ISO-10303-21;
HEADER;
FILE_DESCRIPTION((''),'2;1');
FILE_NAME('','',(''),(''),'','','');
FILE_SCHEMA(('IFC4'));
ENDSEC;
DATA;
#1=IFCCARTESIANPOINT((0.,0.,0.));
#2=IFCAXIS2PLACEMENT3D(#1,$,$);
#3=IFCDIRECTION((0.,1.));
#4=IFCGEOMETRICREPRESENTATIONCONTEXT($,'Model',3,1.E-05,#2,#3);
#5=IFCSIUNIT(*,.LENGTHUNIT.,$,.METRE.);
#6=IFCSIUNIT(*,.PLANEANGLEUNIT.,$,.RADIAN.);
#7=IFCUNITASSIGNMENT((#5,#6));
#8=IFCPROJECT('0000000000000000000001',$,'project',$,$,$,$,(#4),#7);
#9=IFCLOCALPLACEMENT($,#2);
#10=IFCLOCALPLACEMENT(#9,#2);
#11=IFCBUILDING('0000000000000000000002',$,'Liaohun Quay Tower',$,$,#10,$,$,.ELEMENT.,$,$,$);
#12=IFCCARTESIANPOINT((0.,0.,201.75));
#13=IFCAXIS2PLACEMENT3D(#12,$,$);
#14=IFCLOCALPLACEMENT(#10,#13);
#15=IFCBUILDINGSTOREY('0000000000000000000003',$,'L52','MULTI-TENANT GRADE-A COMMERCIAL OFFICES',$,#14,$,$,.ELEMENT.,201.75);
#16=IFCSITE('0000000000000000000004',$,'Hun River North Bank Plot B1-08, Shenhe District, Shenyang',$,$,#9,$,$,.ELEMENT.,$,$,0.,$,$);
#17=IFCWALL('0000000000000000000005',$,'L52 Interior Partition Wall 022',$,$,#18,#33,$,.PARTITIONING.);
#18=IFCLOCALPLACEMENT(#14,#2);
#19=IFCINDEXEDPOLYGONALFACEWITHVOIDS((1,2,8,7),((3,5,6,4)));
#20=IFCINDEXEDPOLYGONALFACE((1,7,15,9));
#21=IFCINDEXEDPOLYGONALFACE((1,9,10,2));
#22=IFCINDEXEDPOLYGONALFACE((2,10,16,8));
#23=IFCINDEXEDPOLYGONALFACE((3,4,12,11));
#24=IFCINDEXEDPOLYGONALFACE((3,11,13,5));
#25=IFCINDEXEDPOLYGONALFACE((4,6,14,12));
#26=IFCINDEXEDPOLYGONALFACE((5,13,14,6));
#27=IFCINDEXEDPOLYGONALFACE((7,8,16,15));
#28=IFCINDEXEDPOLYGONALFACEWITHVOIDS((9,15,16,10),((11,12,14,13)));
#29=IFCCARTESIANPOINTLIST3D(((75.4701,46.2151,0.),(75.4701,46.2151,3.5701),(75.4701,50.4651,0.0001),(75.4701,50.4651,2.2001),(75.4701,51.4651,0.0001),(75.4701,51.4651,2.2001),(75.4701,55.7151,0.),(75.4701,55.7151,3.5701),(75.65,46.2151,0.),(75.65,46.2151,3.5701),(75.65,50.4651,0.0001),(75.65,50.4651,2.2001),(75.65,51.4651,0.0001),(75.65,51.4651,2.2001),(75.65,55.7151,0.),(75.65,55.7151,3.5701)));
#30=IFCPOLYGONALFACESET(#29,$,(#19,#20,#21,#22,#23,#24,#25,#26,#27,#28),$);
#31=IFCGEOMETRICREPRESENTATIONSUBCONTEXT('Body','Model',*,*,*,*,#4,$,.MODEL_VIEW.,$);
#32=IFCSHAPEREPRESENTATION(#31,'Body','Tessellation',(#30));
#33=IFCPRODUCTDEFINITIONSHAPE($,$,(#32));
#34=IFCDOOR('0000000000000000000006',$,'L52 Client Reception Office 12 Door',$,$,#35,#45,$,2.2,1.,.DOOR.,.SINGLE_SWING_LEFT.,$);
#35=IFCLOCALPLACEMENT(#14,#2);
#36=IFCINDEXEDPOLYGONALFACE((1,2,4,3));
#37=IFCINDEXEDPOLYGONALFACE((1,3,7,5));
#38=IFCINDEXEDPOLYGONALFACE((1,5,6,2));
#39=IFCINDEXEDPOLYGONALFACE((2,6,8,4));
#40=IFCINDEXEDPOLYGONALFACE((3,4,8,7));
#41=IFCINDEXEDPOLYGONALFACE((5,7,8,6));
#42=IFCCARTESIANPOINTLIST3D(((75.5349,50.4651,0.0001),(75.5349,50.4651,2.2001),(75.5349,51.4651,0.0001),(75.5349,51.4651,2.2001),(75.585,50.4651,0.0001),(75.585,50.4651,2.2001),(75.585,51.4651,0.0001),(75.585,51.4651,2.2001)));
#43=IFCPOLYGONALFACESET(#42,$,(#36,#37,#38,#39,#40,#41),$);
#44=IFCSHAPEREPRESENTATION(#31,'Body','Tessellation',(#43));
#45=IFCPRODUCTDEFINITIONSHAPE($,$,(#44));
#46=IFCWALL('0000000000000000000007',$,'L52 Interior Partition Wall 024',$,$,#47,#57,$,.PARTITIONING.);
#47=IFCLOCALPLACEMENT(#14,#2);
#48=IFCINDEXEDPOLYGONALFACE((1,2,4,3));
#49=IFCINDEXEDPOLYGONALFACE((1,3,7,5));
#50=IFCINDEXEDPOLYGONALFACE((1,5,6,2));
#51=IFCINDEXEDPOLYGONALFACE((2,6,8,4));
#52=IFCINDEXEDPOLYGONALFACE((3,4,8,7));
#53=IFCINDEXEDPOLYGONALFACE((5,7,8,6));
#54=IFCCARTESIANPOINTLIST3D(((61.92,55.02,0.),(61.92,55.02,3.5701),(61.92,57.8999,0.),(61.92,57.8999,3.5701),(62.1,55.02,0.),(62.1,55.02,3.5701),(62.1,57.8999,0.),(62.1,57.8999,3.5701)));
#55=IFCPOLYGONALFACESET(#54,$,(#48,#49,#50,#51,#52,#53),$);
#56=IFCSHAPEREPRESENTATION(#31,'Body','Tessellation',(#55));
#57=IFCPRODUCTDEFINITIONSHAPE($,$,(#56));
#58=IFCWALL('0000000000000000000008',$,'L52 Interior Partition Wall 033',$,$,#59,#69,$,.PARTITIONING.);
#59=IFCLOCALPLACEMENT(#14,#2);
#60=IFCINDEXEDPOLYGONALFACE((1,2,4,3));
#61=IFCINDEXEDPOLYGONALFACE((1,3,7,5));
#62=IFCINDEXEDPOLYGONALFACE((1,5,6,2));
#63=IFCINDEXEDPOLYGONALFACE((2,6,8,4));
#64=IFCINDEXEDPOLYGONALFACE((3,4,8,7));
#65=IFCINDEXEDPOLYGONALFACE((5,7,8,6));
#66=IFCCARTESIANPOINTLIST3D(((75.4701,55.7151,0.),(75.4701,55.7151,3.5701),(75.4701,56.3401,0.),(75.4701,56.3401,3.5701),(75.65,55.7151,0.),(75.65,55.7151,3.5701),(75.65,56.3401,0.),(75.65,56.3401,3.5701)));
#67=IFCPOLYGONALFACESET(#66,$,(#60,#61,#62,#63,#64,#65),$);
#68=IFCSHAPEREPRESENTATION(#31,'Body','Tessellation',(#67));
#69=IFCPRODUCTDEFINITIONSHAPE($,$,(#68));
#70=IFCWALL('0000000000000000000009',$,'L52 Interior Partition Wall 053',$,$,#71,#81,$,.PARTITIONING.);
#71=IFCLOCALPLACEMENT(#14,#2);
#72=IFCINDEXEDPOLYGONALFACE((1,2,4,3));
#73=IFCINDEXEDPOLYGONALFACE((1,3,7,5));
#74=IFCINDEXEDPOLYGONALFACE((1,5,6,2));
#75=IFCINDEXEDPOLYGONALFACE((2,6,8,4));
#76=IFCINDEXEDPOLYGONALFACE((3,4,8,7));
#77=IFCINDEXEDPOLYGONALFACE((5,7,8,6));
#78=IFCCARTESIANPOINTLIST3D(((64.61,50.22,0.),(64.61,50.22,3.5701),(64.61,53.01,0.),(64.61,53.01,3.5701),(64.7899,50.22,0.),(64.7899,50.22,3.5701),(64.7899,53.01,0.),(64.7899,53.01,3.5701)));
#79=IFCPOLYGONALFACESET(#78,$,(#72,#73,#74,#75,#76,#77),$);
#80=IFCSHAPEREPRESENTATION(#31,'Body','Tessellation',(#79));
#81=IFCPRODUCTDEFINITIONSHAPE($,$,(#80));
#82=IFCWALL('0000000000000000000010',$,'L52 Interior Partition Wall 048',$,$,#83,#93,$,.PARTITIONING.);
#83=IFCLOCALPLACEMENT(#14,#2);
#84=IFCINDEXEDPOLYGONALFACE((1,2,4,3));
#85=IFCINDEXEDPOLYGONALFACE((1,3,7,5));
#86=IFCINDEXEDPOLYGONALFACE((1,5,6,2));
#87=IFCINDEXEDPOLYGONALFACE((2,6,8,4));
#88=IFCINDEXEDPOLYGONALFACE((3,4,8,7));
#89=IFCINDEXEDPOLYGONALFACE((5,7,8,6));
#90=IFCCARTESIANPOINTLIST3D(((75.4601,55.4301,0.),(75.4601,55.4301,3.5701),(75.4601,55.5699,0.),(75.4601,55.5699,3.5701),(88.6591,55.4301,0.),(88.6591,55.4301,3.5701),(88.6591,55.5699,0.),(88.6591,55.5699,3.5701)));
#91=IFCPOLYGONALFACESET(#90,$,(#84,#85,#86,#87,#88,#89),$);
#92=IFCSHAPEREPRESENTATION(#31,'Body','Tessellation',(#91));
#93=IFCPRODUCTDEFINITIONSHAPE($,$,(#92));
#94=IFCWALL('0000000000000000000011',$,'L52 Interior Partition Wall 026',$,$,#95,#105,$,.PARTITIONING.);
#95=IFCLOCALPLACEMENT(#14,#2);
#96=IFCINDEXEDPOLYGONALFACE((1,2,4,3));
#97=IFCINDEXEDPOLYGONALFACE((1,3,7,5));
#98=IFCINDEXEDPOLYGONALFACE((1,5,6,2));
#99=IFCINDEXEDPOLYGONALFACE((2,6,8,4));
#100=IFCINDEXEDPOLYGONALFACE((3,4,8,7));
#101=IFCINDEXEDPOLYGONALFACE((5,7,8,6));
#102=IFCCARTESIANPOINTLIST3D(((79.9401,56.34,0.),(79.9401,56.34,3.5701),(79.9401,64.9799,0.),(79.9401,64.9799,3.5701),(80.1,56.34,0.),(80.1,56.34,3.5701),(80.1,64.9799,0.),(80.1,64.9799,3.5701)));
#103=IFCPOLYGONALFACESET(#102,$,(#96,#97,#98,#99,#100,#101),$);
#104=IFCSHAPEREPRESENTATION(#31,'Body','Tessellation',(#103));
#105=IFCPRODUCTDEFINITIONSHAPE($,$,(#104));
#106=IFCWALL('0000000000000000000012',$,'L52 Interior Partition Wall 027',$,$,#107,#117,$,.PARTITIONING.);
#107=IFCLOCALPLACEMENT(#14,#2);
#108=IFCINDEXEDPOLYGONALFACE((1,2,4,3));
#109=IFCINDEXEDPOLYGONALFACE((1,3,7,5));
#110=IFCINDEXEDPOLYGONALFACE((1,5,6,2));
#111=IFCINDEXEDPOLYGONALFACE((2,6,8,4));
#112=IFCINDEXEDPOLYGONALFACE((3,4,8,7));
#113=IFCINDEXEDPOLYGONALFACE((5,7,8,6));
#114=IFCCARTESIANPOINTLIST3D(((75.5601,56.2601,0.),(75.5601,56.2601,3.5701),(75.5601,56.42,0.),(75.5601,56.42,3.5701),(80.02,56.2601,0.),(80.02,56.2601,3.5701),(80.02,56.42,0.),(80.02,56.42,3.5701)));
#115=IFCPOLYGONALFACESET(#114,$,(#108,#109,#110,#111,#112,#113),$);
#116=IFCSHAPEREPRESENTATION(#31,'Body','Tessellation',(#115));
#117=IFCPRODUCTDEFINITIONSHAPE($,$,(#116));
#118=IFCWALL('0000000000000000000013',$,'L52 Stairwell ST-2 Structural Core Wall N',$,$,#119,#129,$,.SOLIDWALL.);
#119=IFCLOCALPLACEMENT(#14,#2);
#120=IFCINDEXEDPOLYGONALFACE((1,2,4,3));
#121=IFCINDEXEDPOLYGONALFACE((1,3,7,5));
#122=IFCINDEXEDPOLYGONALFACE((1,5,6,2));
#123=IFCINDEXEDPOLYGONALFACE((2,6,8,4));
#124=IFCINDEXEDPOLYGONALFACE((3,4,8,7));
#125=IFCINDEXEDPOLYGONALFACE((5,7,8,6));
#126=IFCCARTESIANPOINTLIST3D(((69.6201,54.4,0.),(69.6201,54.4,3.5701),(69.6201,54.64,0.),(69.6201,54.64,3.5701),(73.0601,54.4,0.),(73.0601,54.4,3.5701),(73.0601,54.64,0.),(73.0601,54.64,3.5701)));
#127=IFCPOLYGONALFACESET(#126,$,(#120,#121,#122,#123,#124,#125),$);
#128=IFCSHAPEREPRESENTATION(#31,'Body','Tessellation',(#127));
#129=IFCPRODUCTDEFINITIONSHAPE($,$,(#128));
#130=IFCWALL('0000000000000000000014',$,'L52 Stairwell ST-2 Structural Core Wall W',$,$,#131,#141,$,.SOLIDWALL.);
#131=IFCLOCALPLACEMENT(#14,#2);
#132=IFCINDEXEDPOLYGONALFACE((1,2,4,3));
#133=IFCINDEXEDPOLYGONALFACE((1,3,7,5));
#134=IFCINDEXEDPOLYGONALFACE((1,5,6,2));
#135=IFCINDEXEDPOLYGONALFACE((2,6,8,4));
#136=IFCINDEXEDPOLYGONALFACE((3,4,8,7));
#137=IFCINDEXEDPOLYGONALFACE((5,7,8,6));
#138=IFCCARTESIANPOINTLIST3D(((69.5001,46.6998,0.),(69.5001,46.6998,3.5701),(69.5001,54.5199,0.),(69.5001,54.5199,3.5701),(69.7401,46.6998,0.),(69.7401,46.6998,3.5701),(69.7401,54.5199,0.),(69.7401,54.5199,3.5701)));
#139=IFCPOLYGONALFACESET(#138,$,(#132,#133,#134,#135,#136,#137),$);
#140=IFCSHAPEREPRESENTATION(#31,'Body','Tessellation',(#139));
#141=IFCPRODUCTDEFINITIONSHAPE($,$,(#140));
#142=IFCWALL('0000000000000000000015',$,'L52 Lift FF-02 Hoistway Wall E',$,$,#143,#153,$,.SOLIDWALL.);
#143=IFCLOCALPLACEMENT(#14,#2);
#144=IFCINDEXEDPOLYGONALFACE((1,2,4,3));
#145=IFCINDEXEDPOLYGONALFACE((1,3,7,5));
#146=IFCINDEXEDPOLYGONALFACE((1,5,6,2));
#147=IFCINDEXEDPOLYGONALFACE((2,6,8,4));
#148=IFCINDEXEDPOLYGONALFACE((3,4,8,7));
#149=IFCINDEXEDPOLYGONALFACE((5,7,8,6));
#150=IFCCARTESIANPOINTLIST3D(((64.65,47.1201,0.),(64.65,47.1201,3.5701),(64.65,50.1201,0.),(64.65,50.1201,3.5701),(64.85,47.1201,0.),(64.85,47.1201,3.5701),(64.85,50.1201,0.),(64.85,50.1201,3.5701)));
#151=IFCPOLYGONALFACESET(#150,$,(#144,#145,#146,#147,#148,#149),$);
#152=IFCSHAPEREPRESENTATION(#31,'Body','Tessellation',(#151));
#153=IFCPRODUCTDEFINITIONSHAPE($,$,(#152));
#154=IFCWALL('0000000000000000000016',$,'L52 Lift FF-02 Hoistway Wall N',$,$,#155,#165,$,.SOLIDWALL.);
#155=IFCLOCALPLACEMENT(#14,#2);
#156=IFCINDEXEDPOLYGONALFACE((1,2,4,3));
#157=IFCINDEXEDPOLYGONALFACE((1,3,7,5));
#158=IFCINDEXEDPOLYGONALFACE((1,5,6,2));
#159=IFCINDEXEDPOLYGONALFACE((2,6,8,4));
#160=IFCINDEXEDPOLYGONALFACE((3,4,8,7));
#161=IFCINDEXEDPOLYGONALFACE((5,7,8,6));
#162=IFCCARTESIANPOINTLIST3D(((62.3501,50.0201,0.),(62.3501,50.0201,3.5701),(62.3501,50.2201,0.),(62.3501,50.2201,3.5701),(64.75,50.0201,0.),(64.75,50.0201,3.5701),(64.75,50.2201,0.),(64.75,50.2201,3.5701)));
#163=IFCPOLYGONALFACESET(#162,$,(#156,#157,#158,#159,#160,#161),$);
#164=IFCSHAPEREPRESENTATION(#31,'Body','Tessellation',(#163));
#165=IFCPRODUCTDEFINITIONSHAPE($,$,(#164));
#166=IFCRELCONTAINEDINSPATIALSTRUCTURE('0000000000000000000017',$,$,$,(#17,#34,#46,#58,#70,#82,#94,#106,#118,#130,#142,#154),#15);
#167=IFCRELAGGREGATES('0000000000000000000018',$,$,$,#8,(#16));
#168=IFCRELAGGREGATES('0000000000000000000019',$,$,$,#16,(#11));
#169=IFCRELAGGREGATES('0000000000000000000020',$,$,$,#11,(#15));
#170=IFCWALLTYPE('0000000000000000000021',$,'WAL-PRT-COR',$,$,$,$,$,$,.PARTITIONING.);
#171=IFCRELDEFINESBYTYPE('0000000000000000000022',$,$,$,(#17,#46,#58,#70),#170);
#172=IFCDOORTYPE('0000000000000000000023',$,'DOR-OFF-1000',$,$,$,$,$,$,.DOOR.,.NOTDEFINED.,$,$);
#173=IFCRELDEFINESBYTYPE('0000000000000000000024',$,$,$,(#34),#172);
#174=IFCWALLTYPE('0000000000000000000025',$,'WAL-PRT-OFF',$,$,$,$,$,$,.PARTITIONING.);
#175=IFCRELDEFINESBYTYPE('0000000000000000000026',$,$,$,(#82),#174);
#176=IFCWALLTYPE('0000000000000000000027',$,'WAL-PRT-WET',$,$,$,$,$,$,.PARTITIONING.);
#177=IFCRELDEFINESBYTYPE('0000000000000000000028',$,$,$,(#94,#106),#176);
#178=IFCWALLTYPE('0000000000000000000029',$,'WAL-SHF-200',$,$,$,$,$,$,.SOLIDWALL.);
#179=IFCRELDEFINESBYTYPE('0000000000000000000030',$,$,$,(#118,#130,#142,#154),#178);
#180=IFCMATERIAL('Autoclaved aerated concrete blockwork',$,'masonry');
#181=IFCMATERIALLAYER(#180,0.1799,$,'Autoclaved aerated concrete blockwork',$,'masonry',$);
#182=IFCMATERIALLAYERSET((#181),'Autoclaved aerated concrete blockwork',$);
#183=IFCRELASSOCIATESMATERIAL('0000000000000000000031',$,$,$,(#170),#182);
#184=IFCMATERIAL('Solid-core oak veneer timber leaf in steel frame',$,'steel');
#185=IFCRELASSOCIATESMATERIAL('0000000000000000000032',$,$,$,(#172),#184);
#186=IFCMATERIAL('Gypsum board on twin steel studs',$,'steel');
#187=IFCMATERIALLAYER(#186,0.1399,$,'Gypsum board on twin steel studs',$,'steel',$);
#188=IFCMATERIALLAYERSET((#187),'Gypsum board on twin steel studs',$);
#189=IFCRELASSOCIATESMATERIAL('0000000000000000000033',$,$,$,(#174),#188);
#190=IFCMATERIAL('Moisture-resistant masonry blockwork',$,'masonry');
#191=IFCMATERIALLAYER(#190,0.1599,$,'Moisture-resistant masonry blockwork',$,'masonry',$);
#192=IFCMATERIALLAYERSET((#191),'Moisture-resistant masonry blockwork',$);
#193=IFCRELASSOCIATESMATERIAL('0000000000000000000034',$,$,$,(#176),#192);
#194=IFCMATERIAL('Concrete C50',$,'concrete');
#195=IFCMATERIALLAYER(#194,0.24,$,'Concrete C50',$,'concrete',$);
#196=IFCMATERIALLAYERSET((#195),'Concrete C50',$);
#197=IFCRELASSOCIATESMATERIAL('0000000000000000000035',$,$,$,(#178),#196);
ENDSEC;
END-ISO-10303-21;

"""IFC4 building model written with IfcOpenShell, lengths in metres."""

from ifc_helpers import new_model, si_unit, direction, frame, frame_2d, origin, place, context, subcontext, project, spatial, rectangle, extrude, source, transform, mapped, material, layer, layer_set, type_object, element, fill, save


model = new_model("IFC4")

# Units and contexts
model_context = context("Model", 3, precision=1e-05, world=origin(), true_north=direction((0.0, 1.0)))
body_context = subcontext(model_context, "Body", "Model", "MODEL_VIEW")
ifc_project = project(units=[si_unit("LENGTHUNIT", "METRE"), si_unit("PLANEANGLEUNIT", "RADIAN")], contexts=[model_context])

# Site, building, storey
site_placement = place(None, origin())
site = spatial("IfcSite", under=ifc_project, at=site_placement, Name="Hun River North Bank Plot B1-08, Shenhe District, Shenyang", CompositionType="ELEMENT", RefElevation=0.0)
building_placement = place(site_placement, origin())
building = spatial("IfcBuilding", under=site, at=building_placement, Name="Liaohun Quay Tower", CompositionType="ELEMENT")
storey_placement = place(building_placement, frame((0.0, 0.0, 201.75)))
storey = spatial("IfcBuildingStorey", under=building, at=storey_placement, Name="L52", Description="MULTI-TENANT GRADE-A COMMERCIAL OFFICES", CompositionType="ELEMENT", Elevation=201.75)

# Wall, opening, door
ifc_material_1 = material(Name="Autoclaved aerated concrete blockwork", Category="masonry")
ifc_layer_1 = layer(ifc_material_1, 0.1799, Name="Autoclaved aerated concrete blockwork", Category="masonry")
ifc_layer_set_1 = layer_set([ifc_layer_1], Name="Autoclaved aerated concrete blockwork")
wall_type_1 = type_object("IfcWallType", Name="WAL-PRT-COR", PredefinedType="PARTITIONING", material=ifc_layer_set_1)
wall_1_placement = place(storey_placement, frame((75.5601, 55.7151, 0.0), z_axis=(0.0, 0.0, 1.0), x_axis=(0.0, -1.0, 0.0)))
wall_1 = element("IfcWall", 1, at=wall_1_placement, inside=storey, type_object=wall_type_1, Name="L52 Interior Partition Wall 022", PredefinedType="PARTITIONING", context=body_context, shape_type="SweptSolid", body=[
    extrude(rectangle(XDim=9.5, YDim=0.1799, at=frame_2d((4.75, 0.0))), origin(), (0.0, 0.0, 1.0), 3.5701),
])
shared_shape_1 = source(origin(), body_context, "Body", "SweptSolid", [
    extrude(rectangle(XDim=1.0, YDim=2.2, at=frame_2d((0.5, 1.1001))), frame((0.0, 0.0999, 0.0), z_axis=(0.0, -1.0, 0.0), x_axis=(1.0, 0.0, 0.0)), (0.0, 0.0, 1.0), 0.2),
])
opening_1_placement = place(wall_1_placement, frame((4.25, 0.0, 0.0)))
opening_1 = element("IfcOpeningElement", 2, at=opening_1_placement, cuts=wall_1, PredefinedType="OPENING", context=body_context, shape_type="MappedRepresentation", body=[
    mapped(shared_shape_1, transform((0.0, 0.0, 0.0), x_axis=(1.0, 0.0, 0.0), y_axis=(0.0, 1.0, 0.0), z_axis=(0.0, 0.0, 1.0), scale=1.0)),
])
ifc_material_2 = material(Name="Solid-core oak veneer timber leaf in steel frame", Category="steel")
door_type_1 = type_object("IfcDoorType", Name="DOR-OFF-1000", OperationType="NOTDEFINED", PredefinedType="DOOR", material=ifc_material_2)
shared_shape_2 = source(origin(), body_context, "Body", "SweptSolid", [
    extrude(rectangle(XDim=1.0, YDim=2.2, at=frame_2d((0.5, 1.1001))), frame((0.0, 0.0249, 0.0), z_axis=(0.0, -1.0, 0.0), x_axis=(1.0, 0.0, 0.0)), (0.0, 0.0, 1.0), 0.05),
])
door_1_placement = place(opening_1_placement, origin())
door_1 = element("IfcDoor", 3, at=door_1_placement, inside=storey, type_object=door_type_1, Name="L52 Client Reception Office 12 Door", OperationType="SINGLE_SWING_LEFT", OverallHeight=2.2, OverallWidth=1.0, PredefinedType="DOOR", context=body_context, shape_type="MappedRepresentation", body=[
    mapped(shared_shape_2, transform((0.0, 0.0, 0.0), x_axis=(1.0, 0.0, 0.0), y_axis=(0.0, 1.0, 0.0), z_axis=(0.0, 0.0, 1.0), scale=1.0)),
])
fill(opening_1, door_1)

# Walls
wall_2_placement = place(storey_placement, frame((62.01, 55.02, 0.0), z_axis=(0.0, 0.0, 1.0), x_axis=(0.0, 1.0, 0.0)))
element("IfcWall", 4, at=wall_2_placement, inside=storey, type_object=wall_type_1, Name="L52 Interior Partition Wall 024", PredefinedType="PARTITIONING", context=body_context, shape_type="SweptSolid", body=[
    extrude(rectangle(XDim=2.8799, YDim=0.1799, at=frame_2d((1.4399, 0.0))), origin(), (0.0, 0.0, 1.0), 3.5701),
])
wall_3_placement = place(storey_placement, frame((75.5601, 56.3401, 0.0), z_axis=(0.0, 0.0, 1.0), x_axis=(0.0, -1.0, 0.0)))
element("IfcWall", 5, at=wall_3_placement, inside=storey, type_object=wall_type_1, Name="L52 Interior Partition Wall 033", PredefinedType="PARTITIONING", context=body_context, shape_type="SweptSolid", body=[
    extrude(rectangle(XDim=0.625, YDim=0.1799, at=frame_2d((0.3125, 0.0))), origin(), (0.0, 0.0, 1.0), 3.5701),
])
wall_4_placement = place(storey_placement, frame((64.7, 50.22, 0.0), z_axis=(0.0, 0.0, 1.0), x_axis=(0.0, 1.0, 0.0)))
element("IfcWall", 6, at=wall_4_placement, inside=storey, type_object=wall_type_1, Name="L52 Interior Partition Wall 053", PredefinedType="PARTITIONING", context=body_context, shape_type="SweptSolid", body=[
    extrude(rectangle(XDim=2.79, YDim=0.1799, at=frame_2d((1.395, 0.0))), origin(), (0.0, 0.0, 1.0), 3.5701),
])
ifc_material_3 = material(Name="Gypsum board on twin steel studs", Category="steel")
ifc_layer_2 = layer(ifc_material_3, 0.1399, Name="Gypsum board on twin steel studs", Category="steel")
ifc_layer_set_2 = layer_set([ifc_layer_2], Name="Gypsum board on twin steel studs")
wall_type_2 = type_object("IfcWallType", Name="WAL-PRT-OFF", PredefinedType="PARTITIONING", material=ifc_layer_set_2)
wall_5_placement = place(storey_placement, frame((75.46, 55.5, 0.0), z_axis=(0.0, 0.0, 1.0), x_axis=(1.0, 0.0, 0.0)))
element("IfcWall", 7, at=wall_5_placement, inside=storey, type_object=wall_type_2, Name="L52 Interior Partition Wall 048", PredefinedType="PARTITIONING", context=body_context, shape_type="SweptSolid", body=[
    extrude(rectangle(XDim=13.199, YDim=0.1399, at=frame_2d((6.5996, 0.0))), origin(), (0.0, 0.0, 1.0), 3.5701),
])

# Shared definitions
ifc_material_4 = material(Name="Moisture-resistant masonry blockwork", Category="masonry")
ifc_layer_3 = layer(ifc_material_4, 0.1599, Name="Moisture-resistant masonry blockwork", Category="masonry")
ifc_layer_set_3 = layer_set([ifc_layer_3], Name="Moisture-resistant masonry blockwork")
wall_type_3 = type_object("IfcWallType", Name="WAL-PRT-WET", PredefinedType="PARTITIONING", material=ifc_layer_set_3)

# Walls
wall_6_placement = place(storey_placement, frame((80.02, 56.3401, 0.0), z_axis=(0.0, 0.0, 1.0), x_axis=(0.0, 1.0, 0.0)))
element("IfcWall", 8, at=wall_6_placement, inside=storey, type_object=wall_type_3, Name="L52 Interior Partition Wall 026", PredefinedType="PARTITIONING", context=body_context, shape_type="SweptSolid", body=[
    extrude(rectangle(XDim=8.6399, YDim=0.1599, at=frame_2d((4.3198, 0.0))), origin(), (0.0, 0.0, 1.0), 3.5701),
])
wall_7_placement = place(storey_placement, frame((75.5601, 56.3401, 0.0), z_axis=(0.0, 0.0, 1.0), x_axis=(1.0, 0.0, 0.0)))
element("IfcWall", 9, at=wall_7_placement, inside=storey, type_object=wall_type_3, Name="L52 Interior Partition Wall 027", PredefinedType="PARTITIONING", context=body_context, shape_type="SweptSolid", body=[
    extrude(rectangle(XDim=4.46, YDim=0.1599, at=frame_2d((2.23, 0.0))), origin(), (0.0, 0.0, 1.0), 3.5701),
])
ifc_material_5 = material(Name="Concrete C50", Category="concrete")
ifc_layer_4 = layer(ifc_material_5, 0.24, Name="Concrete C50", Category="concrete")
ifc_layer_set_4 = layer_set([ifc_layer_4], Name="Concrete C50")
wall_type_4 = type_object("IfcWallType", Name="WAL-SHF-200", PredefinedType="SOLIDWALL", material=ifc_layer_set_4)
wall_8_placement = place(storey_placement, frame((73.0601, 54.52, 0.0), z_axis=(0.0, 0.0, 1.0), x_axis=(-1.0, 0.0, 0.0)))
element("IfcWall", 10, at=wall_8_placement, inside=storey, type_object=wall_type_4, Name="L52 Stairwell ST-2 Structural Core Wall N", PredefinedType="SOLIDWALL", context=body_context, shape_type="SweptSolid", body=[
    extrude(rectangle(XDim=3.4399, YDim=0.24, at=frame_2d((1.72, 0.0))), origin(), (0.0, 0.0, 1.0), 3.5701),
])
wall_9_placement = place(storey_placement, frame((69.6201, 54.52, 0.0), z_axis=(0.0, 0.0, 1.0), x_axis=(0.0, -1.0, 0.0)))
element("IfcWall", 11, at=wall_9_placement, inside=storey, type_object=wall_type_4, Name="L52 Stairwell ST-2 Structural Core Wall W", PredefinedType="SOLIDWALL", context=body_context, shape_type="SweptSolid", body=[
    extrude(rectangle(XDim=7.8201, YDim=0.24, at=frame_2d((3.9102, 0.0))), origin(), (0.0, 0.0, 1.0), 3.5701),
])
wall_10_placement = place(storey_placement, frame((64.75, 47.1201, 0.0), z_axis=(0.0, 0.0, 1.0), x_axis=(0.0, 1.0, 0.0)))
element("IfcWall", 12, at=wall_10_placement, inside=storey, type_object=wall_type_4, Name="L52 Lift FF-02 Hoistway Wall E", PredefinedType="SOLIDWALL", context=body_context, shape_type="SweptSolid", body=[
    extrude(rectangle(XDim=3.0, YDim=0.2, at=frame_2d((1.5, 0.0))), origin(), (0.0, 0.0, 1.0), 3.5701),
])
wall_11_placement = place(storey_placement, frame((64.75, 50.1201, 0.0), z_axis=(0.0, 0.0, 1.0), x_axis=(-1.0, 0.0, 0.0)))
element("IfcWall", 13, at=wall_11_placement, inside=storey, type_object=wall_type_4, Name="L52 Lift FF-02 Hoistway Wall N", PredefinedType="SOLIDWALL", context=body_context, shape_type="SweptSolid", body=[
    extrude(rectangle(XDim=2.3999, YDim=0.2, at=frame_2d((1.2, 0.0))), origin(), (0.0, 0.0, 1.0), 3.5701),
])

save(model, "model.ifc")
